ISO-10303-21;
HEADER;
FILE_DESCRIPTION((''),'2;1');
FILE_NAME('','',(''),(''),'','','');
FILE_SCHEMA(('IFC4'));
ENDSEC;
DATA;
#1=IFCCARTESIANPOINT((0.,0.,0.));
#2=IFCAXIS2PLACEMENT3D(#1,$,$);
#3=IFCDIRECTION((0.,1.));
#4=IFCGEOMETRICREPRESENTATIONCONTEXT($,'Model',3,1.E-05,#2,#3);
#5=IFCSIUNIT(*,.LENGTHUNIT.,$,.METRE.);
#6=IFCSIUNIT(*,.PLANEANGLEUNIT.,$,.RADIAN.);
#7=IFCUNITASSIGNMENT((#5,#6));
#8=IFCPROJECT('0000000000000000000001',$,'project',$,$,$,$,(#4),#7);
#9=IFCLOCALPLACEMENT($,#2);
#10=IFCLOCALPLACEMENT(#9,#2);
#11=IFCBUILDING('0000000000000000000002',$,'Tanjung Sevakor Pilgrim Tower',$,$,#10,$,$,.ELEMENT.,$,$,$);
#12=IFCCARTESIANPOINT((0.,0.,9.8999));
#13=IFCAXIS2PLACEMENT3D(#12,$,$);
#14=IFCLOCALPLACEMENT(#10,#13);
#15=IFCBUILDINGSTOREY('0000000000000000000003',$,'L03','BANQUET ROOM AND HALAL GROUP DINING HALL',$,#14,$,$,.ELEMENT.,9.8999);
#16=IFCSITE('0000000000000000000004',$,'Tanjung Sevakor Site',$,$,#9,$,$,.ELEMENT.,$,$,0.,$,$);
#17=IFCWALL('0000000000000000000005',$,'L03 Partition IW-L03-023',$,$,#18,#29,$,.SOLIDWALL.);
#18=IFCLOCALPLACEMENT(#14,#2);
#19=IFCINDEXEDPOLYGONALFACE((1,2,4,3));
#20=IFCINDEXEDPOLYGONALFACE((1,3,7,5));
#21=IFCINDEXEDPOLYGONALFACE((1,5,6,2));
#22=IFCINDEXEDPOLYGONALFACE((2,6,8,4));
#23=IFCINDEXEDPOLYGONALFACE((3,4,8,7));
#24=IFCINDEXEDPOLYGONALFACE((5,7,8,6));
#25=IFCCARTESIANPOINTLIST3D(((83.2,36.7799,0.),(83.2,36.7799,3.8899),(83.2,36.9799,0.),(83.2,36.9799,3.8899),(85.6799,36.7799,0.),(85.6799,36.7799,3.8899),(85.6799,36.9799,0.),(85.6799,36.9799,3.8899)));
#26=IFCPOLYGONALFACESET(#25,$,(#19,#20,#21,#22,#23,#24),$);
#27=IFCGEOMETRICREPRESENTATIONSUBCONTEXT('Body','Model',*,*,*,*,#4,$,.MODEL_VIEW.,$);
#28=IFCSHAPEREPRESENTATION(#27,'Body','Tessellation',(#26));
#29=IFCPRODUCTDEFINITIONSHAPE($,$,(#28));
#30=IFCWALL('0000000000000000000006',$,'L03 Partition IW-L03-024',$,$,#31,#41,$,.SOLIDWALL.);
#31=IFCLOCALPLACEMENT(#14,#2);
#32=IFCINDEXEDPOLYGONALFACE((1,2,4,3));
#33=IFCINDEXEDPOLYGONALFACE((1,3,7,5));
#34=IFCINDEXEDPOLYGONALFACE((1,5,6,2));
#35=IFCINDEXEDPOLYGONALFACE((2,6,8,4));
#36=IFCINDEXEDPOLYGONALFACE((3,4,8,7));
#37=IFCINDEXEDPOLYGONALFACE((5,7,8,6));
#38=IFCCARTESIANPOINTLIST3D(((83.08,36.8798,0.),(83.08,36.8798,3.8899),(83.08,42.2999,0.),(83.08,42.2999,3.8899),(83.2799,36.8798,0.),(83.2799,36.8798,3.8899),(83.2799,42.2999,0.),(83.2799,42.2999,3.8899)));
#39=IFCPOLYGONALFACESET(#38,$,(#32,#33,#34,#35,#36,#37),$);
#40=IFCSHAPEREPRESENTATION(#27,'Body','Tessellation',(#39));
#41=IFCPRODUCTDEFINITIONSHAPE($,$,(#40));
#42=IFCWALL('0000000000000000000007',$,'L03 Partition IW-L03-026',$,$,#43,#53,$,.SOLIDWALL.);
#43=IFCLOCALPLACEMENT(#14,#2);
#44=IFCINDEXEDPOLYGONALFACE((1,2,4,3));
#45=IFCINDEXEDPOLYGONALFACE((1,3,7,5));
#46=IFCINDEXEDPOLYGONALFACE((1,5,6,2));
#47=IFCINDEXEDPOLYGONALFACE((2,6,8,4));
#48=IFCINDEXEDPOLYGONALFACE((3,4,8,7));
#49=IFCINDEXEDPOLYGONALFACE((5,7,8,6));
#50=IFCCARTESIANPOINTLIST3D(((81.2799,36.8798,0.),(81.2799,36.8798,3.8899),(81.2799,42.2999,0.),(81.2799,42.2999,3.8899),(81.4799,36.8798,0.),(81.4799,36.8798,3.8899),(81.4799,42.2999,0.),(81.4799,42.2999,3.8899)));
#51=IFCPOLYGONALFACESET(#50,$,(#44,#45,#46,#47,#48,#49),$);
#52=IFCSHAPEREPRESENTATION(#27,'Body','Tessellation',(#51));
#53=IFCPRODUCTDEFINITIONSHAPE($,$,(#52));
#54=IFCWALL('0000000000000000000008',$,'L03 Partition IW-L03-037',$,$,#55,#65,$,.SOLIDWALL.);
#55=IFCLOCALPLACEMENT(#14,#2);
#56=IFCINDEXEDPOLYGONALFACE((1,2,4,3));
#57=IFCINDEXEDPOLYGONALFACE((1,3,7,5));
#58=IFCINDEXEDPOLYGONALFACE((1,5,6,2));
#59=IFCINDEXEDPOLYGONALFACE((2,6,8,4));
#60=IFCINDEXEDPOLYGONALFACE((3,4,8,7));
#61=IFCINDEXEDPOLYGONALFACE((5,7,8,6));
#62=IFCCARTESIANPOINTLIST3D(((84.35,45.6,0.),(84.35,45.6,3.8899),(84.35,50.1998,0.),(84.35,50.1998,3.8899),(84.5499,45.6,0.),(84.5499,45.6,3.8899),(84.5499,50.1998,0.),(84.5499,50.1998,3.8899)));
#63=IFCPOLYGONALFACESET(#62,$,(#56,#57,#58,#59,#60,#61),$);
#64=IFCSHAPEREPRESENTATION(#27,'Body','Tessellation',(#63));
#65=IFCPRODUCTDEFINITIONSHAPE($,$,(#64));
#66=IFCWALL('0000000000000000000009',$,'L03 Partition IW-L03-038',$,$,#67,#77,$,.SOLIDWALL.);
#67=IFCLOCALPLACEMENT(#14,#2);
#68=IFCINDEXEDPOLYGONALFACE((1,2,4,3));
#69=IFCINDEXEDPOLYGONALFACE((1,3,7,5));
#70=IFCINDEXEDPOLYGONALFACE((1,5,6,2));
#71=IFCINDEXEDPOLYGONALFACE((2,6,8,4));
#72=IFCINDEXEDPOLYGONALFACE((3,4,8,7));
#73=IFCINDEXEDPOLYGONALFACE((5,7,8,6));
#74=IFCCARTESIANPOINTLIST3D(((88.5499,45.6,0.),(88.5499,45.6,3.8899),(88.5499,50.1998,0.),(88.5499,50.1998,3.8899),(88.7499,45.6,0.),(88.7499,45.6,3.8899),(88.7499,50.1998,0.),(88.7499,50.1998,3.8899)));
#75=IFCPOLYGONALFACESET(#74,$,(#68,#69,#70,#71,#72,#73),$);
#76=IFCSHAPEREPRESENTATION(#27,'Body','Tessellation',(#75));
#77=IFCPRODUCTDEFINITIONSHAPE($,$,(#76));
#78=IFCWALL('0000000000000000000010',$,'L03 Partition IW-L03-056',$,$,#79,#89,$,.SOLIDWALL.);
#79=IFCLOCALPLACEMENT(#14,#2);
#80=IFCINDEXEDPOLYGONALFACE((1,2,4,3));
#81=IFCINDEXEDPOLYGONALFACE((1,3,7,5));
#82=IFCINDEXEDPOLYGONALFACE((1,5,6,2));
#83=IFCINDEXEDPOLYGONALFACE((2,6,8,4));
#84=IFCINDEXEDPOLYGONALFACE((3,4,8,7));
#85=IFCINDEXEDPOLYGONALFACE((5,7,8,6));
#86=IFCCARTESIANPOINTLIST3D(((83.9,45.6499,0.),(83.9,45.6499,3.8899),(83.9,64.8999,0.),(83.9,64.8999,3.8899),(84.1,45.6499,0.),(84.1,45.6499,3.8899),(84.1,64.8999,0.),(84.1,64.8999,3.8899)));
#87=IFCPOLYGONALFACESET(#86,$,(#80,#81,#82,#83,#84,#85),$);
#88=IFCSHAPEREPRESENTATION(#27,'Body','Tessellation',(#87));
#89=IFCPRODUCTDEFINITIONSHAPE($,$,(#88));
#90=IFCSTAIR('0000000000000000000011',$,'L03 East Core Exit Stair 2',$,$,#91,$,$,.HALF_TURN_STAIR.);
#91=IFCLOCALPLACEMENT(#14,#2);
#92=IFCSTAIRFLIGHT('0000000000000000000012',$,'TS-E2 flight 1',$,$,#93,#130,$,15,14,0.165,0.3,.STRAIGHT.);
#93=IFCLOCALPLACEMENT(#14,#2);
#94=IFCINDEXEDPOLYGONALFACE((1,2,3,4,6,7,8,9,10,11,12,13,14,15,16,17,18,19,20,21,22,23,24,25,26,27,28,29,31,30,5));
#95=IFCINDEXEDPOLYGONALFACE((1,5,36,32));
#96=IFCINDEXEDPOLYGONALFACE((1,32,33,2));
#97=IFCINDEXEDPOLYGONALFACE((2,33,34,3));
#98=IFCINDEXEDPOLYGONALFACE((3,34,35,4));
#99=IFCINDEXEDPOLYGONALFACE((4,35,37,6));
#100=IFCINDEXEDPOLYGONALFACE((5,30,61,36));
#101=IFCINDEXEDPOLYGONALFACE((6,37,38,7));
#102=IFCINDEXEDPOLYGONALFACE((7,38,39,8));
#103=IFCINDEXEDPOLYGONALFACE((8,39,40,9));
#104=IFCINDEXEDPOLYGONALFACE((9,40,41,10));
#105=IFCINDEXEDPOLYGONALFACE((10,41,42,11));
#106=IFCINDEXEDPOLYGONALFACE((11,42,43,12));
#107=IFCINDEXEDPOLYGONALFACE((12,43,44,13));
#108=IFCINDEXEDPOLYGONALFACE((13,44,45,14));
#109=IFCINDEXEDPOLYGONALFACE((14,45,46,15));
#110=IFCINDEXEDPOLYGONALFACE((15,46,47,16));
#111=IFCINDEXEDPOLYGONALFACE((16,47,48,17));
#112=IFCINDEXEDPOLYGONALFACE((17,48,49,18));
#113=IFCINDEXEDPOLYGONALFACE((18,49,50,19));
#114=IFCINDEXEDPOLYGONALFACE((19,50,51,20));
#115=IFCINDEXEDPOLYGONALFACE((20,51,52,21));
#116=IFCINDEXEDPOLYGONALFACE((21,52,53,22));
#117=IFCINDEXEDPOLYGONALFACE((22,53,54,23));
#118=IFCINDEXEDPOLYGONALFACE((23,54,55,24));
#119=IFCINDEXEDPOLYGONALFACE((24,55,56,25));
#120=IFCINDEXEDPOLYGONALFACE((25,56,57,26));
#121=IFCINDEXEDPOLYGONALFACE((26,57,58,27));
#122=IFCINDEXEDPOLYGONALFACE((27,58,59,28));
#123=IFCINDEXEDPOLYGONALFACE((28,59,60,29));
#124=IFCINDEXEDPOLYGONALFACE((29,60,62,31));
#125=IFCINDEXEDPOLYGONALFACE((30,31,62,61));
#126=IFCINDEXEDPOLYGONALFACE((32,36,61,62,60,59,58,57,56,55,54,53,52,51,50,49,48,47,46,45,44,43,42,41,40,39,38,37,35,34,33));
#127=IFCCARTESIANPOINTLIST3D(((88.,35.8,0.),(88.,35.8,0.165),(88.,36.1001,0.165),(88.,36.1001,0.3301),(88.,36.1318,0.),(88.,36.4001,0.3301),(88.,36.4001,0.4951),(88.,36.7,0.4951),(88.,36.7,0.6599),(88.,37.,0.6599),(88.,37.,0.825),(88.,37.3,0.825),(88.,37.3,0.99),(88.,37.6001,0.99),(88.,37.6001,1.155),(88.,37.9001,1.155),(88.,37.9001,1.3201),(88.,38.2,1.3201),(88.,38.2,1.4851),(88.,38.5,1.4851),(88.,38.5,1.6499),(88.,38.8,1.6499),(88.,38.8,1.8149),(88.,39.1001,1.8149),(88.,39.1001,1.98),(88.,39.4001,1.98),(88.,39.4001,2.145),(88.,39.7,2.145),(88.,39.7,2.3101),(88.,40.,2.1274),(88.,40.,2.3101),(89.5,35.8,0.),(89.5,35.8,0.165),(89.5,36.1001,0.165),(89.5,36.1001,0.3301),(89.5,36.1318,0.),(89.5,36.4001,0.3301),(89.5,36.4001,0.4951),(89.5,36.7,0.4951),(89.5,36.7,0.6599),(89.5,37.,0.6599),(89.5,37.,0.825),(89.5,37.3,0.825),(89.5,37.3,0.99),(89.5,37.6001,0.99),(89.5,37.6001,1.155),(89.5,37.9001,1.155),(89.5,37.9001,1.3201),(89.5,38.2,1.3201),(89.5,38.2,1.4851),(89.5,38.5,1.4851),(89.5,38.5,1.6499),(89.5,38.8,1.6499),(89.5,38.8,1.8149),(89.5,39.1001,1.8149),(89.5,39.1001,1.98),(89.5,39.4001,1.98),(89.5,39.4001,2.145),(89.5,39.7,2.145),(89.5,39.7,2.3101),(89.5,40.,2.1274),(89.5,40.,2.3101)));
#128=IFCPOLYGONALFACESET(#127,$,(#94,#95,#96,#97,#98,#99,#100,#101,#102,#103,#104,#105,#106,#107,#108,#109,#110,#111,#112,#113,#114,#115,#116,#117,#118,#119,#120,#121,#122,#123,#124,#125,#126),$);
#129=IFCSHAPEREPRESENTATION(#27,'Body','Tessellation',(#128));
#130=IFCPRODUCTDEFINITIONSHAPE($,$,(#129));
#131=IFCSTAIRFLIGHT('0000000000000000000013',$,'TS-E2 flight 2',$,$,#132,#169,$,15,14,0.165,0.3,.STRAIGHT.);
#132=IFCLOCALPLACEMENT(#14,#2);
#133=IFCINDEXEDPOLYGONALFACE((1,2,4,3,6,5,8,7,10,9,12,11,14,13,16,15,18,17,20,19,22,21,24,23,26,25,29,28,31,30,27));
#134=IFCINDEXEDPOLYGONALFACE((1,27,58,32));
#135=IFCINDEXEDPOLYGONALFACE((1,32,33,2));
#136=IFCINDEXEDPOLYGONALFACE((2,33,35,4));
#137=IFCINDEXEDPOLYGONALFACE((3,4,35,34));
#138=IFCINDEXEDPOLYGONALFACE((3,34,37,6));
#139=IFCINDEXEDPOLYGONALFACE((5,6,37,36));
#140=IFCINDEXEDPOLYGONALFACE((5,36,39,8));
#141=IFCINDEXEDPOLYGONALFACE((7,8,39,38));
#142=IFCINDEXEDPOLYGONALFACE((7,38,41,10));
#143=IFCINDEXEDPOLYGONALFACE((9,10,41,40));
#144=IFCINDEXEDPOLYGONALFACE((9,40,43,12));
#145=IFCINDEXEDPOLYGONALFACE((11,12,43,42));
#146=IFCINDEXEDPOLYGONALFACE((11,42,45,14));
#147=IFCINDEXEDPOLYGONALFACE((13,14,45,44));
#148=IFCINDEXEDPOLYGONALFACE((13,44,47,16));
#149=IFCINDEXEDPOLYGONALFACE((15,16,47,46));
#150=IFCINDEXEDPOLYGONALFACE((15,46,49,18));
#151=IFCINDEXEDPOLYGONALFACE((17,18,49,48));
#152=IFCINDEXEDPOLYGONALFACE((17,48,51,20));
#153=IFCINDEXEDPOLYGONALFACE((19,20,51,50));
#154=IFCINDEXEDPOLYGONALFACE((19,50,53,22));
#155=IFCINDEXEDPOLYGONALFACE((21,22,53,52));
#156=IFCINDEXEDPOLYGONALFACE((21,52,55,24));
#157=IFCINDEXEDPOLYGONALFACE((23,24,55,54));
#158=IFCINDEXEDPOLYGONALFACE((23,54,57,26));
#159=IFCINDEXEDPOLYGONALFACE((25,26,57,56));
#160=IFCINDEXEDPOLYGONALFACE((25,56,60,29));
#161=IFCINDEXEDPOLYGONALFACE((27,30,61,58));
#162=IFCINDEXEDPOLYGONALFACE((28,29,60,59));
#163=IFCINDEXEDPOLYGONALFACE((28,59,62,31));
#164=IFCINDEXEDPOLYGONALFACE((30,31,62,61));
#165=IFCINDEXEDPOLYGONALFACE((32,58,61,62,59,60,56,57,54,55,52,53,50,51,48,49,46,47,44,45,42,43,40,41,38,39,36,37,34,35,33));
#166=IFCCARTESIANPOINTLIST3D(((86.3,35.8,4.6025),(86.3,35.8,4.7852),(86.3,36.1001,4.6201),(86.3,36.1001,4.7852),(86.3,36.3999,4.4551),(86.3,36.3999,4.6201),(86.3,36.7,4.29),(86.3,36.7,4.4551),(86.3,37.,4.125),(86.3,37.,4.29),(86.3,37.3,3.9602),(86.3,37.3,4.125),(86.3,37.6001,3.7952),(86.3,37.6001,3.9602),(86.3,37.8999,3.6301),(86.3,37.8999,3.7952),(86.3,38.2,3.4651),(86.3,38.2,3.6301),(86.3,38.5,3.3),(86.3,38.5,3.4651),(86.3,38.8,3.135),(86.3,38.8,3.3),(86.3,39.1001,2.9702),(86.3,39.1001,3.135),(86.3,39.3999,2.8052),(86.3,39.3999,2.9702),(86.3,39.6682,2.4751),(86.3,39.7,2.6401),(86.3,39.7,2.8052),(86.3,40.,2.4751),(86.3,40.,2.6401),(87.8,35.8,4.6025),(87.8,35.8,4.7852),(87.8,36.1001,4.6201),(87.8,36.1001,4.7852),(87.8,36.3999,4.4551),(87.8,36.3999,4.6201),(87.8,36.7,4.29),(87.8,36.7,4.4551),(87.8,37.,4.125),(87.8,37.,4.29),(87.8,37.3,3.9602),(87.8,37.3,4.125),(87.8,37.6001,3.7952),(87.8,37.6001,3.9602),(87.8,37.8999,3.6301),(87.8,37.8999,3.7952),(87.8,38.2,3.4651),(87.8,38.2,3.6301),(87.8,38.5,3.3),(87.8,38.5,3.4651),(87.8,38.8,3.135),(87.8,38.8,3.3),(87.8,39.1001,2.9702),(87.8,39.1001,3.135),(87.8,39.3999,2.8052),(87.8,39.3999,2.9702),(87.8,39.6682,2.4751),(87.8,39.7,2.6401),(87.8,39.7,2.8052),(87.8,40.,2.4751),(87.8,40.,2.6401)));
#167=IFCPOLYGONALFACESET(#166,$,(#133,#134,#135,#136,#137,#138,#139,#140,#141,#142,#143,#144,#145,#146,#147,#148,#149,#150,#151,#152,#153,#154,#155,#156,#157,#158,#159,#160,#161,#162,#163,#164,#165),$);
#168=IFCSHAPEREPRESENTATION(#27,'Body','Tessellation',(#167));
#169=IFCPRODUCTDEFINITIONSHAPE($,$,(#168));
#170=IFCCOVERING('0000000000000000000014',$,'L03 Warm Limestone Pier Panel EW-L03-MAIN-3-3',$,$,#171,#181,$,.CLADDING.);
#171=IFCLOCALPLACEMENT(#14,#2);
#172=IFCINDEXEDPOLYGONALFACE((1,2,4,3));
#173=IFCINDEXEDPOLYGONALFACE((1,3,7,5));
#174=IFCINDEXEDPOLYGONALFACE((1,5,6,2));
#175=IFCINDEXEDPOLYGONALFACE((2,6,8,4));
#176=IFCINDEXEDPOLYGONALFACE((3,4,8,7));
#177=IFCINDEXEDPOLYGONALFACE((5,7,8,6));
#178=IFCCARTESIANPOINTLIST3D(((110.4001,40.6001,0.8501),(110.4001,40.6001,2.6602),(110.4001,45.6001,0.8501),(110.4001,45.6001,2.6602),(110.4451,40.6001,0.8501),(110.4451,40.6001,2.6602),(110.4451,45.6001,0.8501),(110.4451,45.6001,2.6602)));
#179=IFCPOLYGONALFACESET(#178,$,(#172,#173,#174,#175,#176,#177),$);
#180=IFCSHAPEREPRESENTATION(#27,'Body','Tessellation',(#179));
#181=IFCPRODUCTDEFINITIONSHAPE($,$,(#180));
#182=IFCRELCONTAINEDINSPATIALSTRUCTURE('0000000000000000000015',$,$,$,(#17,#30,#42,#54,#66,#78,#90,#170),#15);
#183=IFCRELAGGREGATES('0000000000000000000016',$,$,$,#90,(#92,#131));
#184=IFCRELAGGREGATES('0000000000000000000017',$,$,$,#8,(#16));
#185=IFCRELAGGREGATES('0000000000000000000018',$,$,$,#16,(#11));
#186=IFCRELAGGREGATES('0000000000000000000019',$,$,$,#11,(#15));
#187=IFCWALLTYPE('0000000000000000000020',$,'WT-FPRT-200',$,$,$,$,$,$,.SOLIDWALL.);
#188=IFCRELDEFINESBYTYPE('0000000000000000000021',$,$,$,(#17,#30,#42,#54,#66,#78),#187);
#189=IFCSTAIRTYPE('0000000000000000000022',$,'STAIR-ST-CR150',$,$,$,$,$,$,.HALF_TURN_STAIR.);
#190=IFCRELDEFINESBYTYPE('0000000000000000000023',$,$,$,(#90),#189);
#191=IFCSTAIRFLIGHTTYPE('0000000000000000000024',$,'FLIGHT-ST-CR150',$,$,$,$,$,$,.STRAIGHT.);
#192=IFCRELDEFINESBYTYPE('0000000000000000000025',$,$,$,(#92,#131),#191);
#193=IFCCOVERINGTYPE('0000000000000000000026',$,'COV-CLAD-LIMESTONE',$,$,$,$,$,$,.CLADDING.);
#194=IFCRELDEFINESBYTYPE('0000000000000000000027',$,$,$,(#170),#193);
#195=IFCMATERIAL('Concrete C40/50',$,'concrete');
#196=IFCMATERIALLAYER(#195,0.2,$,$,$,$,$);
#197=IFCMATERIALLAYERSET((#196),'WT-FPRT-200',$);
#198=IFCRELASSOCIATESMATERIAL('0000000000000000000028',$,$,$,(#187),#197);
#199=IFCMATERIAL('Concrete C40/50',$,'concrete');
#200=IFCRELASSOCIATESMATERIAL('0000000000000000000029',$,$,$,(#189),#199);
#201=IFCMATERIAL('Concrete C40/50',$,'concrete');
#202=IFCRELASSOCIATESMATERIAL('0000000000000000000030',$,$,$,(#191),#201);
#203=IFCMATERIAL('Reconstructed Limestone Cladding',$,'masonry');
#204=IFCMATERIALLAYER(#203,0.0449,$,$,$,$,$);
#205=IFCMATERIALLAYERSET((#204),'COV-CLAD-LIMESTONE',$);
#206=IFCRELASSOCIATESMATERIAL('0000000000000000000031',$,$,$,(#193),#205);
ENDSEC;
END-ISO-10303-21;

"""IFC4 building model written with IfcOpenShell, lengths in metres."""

from ifc_helpers import new_model, si_unit, direction, frame, frame_2d, origin, origin_2d, place, context, subcontext, project, spatial, polyline, rectangle, outline, extrude, material, layer, layer_set, type_object, element, aggregate, save


model = new_model("IFC4")

# Units and contexts
model_context = context("Model", 3, precision=1e-05, world=origin(), true_north=direction((0.0, 1.0)))
body_context = subcontext(model_context, "Body", "Model", "MODEL_VIEW")
ifc_project = project(units=[si_unit("LENGTHUNIT", "METRE"), si_unit("PLANEANGLEUNIT", "RADIAN")], contexts=[model_context])

# Site, building, storey
site_placement = place(None, origin())
site = spatial("IfcSite", under=ifc_project, at=site_placement, Name="Tanjung Sevakor Site", CompositionType="ELEMENT", RefElevation=0.0)
building_placement = place(site_placement, origin())
building = spatial("IfcBuilding", under=site, at=building_placement, Name="Tanjung Sevakor Pilgrim Tower", CompositionType="ELEMENT")
storey_placement = place(building_placement, frame((0.0, 0.0, 9.8999)))
storey = spatial("IfcBuildingStorey", under=building, at=storey_placement, Name="L03", Description="BANQUET ROOM AND HALAL GROUP DINING HALL", CompositionType="ELEMENT", Elevation=9.8999)

# Walls
ifc_material_1 = material(Name="Concrete C40/50", Category="concrete")
ifc_layer_1 = layer(ifc_material_1, 0.2)
ifc_layer_set_1 = layer_set([ifc_layer_1], Name="WT-FPRT-200")
wall_type_1 = type_object("IfcWallType", Name="WT-FPRT-200", PredefinedType="SOLIDWALL", material=ifc_layer_set_1)
wall_1_placement = place(storey_placement, frame((83.2, 36.8799, 0.0), z_axis=(0.0, 0.0, 1.0), x_axis=(1.0, 0.0, 0.0)))
element("IfcWall", 1, at=wall_1_placement, inside=storey, type_object=wall_type_1, Name="L03 Partition IW-L03-023", PredefinedType="SOLIDWALL", context=body_context, shape_type="SweptSolid", body=[
    extrude(rectangle(XDim=2.48, YDim=0.2, at=frame_2d((1.24, 0.0))), origin(), (0.0, 0.0, 1.0), 3.8899),
])
for number, where, z_axis, x_axis, name in (
    (2, (83.1799, 36.8799, 0.0), (0.0, 0.0, 1.0), (0.0, 1.0, 0.0), "L03 Partition IW-L03-024"),
    (3, (81.3799, 36.8799, 0.0), (0.0, 0.0, 1.0), (0.0, 1.0, 0.0), "L03 Partition IW-L03-026"),
):
    element("IfcWall", number, at=place(storey_placement, frame(where, z_axis=z_axis, x_axis=x_axis)), inside=storey, type_object=wall_type_1, Name=name, PredefinedType="SOLIDWALL", context=body_context, shape_type="SweptSolid", body=[
        extrude(rectangle(XDim=5.4202, YDim=0.2, at=frame_2d((2.71, 0.0))), origin(), (0.0, 0.0, 1.0), 3.8899),
    ])
for number, where, z_axis, x_axis, name in (
    (4, (84.45, 45.6001, 0.0), (0.0, 0.0, 1.0), (0.0, 1.0, 0.0), "L03 Partition IW-L03-037"),
    (5, (88.6499, 45.6001, 0.0), (0.0, 0.0, 1.0), (0.0, 1.0, 0.0), "L03 Partition IW-L03-038"),
):
    element("IfcWall", number, at=place(storey_placement, frame(where, z_axis=z_axis, x_axis=x_axis)), inside=storey, type_object=wall_type_1, Name=name, PredefinedType="SOLIDWALL", context=body_context, shape_type="SweptSolid", body=[
        extrude(rectangle(XDim=4.5999, YDim=0.2, at=frame_2d((2.2998, 0.0))), origin(), (0.0, 0.0, 1.0), 3.8899),
    ])
wall_2_placement = place(storey_placement, frame((84.0, 45.6499, 0.0), z_axis=(0.0, 0.0, 1.0), x_axis=(0.0, 1.0, 0.0)))
element("IfcWall", 6, at=wall_2_placement, inside=storey, type_object=wall_type_1, Name="L03 Partition IW-L03-056", PredefinedType="SOLIDWALL", context=body_context, shape_type="SweptSolid", body=[
    extrude(rectangle(XDim=19.25, YDim=0.2, at=frame_2d((9.625, 0.0))), origin(), (0.0, 0.0, 1.0), 3.8899),
])

# Stair, stair flights
ifc_material_2 = material(Name="Concrete C40/50", Category="concrete")
stair_type = type_object("IfcStairType", Name="STAIR-ST-CR150", PredefinedType="HALF_TURN_STAIR", material=ifc_material_2)
stair_placement = place(storey_placement, origin())
stair = element("IfcStair", 7, at=stair_placement, inside=storey, type_object=stair_type, Name="L03 East Core Exit Stair 2", PredefinedType="HALF_TURN_STAIR")
ifc_material_3 = material(Name="Concrete C40/50", Category="concrete")
stair_flight_type = type_object("IfcStairFlightType", Name="FLIGHT-ST-CR150", PredefinedType="STRAIGHT", material=ifc_material_3)
stair_flight_1_placement = place(storey_placement, frame((88.75, 35.8, 0.0), z_axis=(0.0, 0.0, 1.0), x_axis=(0.0, 1.0, 0.0)))
stair_flight_1 = element("IfcStairFlight", 8, at=stair_flight_1_placement, type_object=stair_flight_type, Name="TS-E2 flight 1", NumberOfRisers=15, NumberOfTreads=14, PredefinedType="STRAIGHT", RiserHeight=0.165, TreadLength=0.3, context=body_context, shape_type="SweptSolid", body=[
    extrude(outline(polyline([(0.0, 0.0), (0.0, 0.165), (0.3, 0.165), (0.3, 0.3301), (0.6001, 0.3301), (0.6001, 0.4951), (0.8999, 0.4951), (0.8999, 0.6599), (1.2, 0.6599), (1.2, 0.825), (1.5, 0.825), (1.5, 0.99), (1.8, 0.99), (1.8, 1.155), (2.1001, 1.155), (2.1001, 1.3201), (2.3999, 1.3201), (2.3999, 1.4851), (2.7, 1.4851), (2.7, 1.6499), (3.0, 1.6499), (3.0, 1.8149), (3.3, 1.8149), (3.3, 1.98), (3.6001, 1.98), (3.6001, 2.145), (3.8999, 2.145), (3.8999, 2.3101), (4.2, 2.3101), (4.2, 2.4751), (4.2, 2.1274), (0.3318, 0.0), (0.0, 0.0)])), frame((0.0, 0.75, 0.0), z_axis=(0.0, -1.0, 0.0), x_axis=(1.0, 0.0, 0.0)), (0.0, 0.0, 1.0), 1.5),
])
stair_flight_2_placement = place(storey_placement, frame((87.05, 40.0, 2.4751), z_axis=(0.0, 0.0, 1.0), x_axis=(0.0, -1.0, 0.0)))
stair_flight_2 = element("IfcStairFlight", 9, at=stair_flight_2_placement, type_object=stair_flight_type, Name="TS-E2 flight 2", NumberOfRisers=15, NumberOfTreads=14, PredefinedType="STRAIGHT", RiserHeight=0.165, TreadLength=0.3, context=body_context, shape_type="SweptSolid", body=[
    extrude(outline(polyline([(0.0, 0.0), (0.0, 0.165), (0.3, 0.165), (0.3, 0.3301), (0.6001, 0.3301), (0.6001, 0.4951), (0.8999, 0.4951), (0.8999, 0.6599), (1.2, 0.6599), (1.2, 0.825), (1.5, 0.825), (1.5, 0.99), (1.8, 0.99), (1.8, 1.155), (2.1001, 1.155), (2.1001, 1.3201), (2.3999, 1.3201), (2.3999, 1.4851), (2.7, 1.4851), (2.7, 1.6499), (3.0, 1.6499), (3.0, 1.8149), (3.3, 1.8149), (3.3, 1.98), (3.6001, 1.98), (3.6001, 2.145), (3.8999, 2.145), (3.8999, 2.3101), (4.2, 2.3101), (4.2, 2.4751), (4.2, 2.1274), (0.3318, 0.0), (0.0, 0.0)])), frame((0.0, 0.75, 0.0), z_axis=(0.0, -1.0, 0.0), x_axis=(1.0, 0.0, 0.0)), (0.0, 0.0, 1.0), 1.5),
])
aggregate(stair, [stair_flight_1, stair_flight_2])

# Covering
ifc_material_4 = material(Name="Reconstructed Limestone Cladding", Category="masonry")
ifc_layer_2 = layer(ifc_material_4, 0.0449)
ifc_layer_set_2 = layer_set([ifc_layer_2], Name="COV-CLAD-LIMESTONE")
covering_type = type_object("IfcCoveringType", Name="COV-CLAD-LIMESTONE", PredefinedType="CLADDING", material=ifc_layer_set_2)
covering_placement = place(storey_placement, frame((110.4226, 43.1001, 0.8501), z_axis=(0.0, 0.0, 1.0), x_axis=(0.0, 1.0, 0.0)))
element("IfcCovering", 10, at=covering_placement, inside=storey, type_object=covering_type, Name="L03 Warm Limestone Pier Panel EW-L03-MAIN-3-3", PredefinedType="CLADDING", context=body_context, shape_type="SweptSolid", body=[
    extrude(rectangle(XDim=5.0, YDim=0.0449, at=origin_2d()), origin(), (0.0, 0.0, 1.0), 1.8101),
])

save(model, "model.ifc")
